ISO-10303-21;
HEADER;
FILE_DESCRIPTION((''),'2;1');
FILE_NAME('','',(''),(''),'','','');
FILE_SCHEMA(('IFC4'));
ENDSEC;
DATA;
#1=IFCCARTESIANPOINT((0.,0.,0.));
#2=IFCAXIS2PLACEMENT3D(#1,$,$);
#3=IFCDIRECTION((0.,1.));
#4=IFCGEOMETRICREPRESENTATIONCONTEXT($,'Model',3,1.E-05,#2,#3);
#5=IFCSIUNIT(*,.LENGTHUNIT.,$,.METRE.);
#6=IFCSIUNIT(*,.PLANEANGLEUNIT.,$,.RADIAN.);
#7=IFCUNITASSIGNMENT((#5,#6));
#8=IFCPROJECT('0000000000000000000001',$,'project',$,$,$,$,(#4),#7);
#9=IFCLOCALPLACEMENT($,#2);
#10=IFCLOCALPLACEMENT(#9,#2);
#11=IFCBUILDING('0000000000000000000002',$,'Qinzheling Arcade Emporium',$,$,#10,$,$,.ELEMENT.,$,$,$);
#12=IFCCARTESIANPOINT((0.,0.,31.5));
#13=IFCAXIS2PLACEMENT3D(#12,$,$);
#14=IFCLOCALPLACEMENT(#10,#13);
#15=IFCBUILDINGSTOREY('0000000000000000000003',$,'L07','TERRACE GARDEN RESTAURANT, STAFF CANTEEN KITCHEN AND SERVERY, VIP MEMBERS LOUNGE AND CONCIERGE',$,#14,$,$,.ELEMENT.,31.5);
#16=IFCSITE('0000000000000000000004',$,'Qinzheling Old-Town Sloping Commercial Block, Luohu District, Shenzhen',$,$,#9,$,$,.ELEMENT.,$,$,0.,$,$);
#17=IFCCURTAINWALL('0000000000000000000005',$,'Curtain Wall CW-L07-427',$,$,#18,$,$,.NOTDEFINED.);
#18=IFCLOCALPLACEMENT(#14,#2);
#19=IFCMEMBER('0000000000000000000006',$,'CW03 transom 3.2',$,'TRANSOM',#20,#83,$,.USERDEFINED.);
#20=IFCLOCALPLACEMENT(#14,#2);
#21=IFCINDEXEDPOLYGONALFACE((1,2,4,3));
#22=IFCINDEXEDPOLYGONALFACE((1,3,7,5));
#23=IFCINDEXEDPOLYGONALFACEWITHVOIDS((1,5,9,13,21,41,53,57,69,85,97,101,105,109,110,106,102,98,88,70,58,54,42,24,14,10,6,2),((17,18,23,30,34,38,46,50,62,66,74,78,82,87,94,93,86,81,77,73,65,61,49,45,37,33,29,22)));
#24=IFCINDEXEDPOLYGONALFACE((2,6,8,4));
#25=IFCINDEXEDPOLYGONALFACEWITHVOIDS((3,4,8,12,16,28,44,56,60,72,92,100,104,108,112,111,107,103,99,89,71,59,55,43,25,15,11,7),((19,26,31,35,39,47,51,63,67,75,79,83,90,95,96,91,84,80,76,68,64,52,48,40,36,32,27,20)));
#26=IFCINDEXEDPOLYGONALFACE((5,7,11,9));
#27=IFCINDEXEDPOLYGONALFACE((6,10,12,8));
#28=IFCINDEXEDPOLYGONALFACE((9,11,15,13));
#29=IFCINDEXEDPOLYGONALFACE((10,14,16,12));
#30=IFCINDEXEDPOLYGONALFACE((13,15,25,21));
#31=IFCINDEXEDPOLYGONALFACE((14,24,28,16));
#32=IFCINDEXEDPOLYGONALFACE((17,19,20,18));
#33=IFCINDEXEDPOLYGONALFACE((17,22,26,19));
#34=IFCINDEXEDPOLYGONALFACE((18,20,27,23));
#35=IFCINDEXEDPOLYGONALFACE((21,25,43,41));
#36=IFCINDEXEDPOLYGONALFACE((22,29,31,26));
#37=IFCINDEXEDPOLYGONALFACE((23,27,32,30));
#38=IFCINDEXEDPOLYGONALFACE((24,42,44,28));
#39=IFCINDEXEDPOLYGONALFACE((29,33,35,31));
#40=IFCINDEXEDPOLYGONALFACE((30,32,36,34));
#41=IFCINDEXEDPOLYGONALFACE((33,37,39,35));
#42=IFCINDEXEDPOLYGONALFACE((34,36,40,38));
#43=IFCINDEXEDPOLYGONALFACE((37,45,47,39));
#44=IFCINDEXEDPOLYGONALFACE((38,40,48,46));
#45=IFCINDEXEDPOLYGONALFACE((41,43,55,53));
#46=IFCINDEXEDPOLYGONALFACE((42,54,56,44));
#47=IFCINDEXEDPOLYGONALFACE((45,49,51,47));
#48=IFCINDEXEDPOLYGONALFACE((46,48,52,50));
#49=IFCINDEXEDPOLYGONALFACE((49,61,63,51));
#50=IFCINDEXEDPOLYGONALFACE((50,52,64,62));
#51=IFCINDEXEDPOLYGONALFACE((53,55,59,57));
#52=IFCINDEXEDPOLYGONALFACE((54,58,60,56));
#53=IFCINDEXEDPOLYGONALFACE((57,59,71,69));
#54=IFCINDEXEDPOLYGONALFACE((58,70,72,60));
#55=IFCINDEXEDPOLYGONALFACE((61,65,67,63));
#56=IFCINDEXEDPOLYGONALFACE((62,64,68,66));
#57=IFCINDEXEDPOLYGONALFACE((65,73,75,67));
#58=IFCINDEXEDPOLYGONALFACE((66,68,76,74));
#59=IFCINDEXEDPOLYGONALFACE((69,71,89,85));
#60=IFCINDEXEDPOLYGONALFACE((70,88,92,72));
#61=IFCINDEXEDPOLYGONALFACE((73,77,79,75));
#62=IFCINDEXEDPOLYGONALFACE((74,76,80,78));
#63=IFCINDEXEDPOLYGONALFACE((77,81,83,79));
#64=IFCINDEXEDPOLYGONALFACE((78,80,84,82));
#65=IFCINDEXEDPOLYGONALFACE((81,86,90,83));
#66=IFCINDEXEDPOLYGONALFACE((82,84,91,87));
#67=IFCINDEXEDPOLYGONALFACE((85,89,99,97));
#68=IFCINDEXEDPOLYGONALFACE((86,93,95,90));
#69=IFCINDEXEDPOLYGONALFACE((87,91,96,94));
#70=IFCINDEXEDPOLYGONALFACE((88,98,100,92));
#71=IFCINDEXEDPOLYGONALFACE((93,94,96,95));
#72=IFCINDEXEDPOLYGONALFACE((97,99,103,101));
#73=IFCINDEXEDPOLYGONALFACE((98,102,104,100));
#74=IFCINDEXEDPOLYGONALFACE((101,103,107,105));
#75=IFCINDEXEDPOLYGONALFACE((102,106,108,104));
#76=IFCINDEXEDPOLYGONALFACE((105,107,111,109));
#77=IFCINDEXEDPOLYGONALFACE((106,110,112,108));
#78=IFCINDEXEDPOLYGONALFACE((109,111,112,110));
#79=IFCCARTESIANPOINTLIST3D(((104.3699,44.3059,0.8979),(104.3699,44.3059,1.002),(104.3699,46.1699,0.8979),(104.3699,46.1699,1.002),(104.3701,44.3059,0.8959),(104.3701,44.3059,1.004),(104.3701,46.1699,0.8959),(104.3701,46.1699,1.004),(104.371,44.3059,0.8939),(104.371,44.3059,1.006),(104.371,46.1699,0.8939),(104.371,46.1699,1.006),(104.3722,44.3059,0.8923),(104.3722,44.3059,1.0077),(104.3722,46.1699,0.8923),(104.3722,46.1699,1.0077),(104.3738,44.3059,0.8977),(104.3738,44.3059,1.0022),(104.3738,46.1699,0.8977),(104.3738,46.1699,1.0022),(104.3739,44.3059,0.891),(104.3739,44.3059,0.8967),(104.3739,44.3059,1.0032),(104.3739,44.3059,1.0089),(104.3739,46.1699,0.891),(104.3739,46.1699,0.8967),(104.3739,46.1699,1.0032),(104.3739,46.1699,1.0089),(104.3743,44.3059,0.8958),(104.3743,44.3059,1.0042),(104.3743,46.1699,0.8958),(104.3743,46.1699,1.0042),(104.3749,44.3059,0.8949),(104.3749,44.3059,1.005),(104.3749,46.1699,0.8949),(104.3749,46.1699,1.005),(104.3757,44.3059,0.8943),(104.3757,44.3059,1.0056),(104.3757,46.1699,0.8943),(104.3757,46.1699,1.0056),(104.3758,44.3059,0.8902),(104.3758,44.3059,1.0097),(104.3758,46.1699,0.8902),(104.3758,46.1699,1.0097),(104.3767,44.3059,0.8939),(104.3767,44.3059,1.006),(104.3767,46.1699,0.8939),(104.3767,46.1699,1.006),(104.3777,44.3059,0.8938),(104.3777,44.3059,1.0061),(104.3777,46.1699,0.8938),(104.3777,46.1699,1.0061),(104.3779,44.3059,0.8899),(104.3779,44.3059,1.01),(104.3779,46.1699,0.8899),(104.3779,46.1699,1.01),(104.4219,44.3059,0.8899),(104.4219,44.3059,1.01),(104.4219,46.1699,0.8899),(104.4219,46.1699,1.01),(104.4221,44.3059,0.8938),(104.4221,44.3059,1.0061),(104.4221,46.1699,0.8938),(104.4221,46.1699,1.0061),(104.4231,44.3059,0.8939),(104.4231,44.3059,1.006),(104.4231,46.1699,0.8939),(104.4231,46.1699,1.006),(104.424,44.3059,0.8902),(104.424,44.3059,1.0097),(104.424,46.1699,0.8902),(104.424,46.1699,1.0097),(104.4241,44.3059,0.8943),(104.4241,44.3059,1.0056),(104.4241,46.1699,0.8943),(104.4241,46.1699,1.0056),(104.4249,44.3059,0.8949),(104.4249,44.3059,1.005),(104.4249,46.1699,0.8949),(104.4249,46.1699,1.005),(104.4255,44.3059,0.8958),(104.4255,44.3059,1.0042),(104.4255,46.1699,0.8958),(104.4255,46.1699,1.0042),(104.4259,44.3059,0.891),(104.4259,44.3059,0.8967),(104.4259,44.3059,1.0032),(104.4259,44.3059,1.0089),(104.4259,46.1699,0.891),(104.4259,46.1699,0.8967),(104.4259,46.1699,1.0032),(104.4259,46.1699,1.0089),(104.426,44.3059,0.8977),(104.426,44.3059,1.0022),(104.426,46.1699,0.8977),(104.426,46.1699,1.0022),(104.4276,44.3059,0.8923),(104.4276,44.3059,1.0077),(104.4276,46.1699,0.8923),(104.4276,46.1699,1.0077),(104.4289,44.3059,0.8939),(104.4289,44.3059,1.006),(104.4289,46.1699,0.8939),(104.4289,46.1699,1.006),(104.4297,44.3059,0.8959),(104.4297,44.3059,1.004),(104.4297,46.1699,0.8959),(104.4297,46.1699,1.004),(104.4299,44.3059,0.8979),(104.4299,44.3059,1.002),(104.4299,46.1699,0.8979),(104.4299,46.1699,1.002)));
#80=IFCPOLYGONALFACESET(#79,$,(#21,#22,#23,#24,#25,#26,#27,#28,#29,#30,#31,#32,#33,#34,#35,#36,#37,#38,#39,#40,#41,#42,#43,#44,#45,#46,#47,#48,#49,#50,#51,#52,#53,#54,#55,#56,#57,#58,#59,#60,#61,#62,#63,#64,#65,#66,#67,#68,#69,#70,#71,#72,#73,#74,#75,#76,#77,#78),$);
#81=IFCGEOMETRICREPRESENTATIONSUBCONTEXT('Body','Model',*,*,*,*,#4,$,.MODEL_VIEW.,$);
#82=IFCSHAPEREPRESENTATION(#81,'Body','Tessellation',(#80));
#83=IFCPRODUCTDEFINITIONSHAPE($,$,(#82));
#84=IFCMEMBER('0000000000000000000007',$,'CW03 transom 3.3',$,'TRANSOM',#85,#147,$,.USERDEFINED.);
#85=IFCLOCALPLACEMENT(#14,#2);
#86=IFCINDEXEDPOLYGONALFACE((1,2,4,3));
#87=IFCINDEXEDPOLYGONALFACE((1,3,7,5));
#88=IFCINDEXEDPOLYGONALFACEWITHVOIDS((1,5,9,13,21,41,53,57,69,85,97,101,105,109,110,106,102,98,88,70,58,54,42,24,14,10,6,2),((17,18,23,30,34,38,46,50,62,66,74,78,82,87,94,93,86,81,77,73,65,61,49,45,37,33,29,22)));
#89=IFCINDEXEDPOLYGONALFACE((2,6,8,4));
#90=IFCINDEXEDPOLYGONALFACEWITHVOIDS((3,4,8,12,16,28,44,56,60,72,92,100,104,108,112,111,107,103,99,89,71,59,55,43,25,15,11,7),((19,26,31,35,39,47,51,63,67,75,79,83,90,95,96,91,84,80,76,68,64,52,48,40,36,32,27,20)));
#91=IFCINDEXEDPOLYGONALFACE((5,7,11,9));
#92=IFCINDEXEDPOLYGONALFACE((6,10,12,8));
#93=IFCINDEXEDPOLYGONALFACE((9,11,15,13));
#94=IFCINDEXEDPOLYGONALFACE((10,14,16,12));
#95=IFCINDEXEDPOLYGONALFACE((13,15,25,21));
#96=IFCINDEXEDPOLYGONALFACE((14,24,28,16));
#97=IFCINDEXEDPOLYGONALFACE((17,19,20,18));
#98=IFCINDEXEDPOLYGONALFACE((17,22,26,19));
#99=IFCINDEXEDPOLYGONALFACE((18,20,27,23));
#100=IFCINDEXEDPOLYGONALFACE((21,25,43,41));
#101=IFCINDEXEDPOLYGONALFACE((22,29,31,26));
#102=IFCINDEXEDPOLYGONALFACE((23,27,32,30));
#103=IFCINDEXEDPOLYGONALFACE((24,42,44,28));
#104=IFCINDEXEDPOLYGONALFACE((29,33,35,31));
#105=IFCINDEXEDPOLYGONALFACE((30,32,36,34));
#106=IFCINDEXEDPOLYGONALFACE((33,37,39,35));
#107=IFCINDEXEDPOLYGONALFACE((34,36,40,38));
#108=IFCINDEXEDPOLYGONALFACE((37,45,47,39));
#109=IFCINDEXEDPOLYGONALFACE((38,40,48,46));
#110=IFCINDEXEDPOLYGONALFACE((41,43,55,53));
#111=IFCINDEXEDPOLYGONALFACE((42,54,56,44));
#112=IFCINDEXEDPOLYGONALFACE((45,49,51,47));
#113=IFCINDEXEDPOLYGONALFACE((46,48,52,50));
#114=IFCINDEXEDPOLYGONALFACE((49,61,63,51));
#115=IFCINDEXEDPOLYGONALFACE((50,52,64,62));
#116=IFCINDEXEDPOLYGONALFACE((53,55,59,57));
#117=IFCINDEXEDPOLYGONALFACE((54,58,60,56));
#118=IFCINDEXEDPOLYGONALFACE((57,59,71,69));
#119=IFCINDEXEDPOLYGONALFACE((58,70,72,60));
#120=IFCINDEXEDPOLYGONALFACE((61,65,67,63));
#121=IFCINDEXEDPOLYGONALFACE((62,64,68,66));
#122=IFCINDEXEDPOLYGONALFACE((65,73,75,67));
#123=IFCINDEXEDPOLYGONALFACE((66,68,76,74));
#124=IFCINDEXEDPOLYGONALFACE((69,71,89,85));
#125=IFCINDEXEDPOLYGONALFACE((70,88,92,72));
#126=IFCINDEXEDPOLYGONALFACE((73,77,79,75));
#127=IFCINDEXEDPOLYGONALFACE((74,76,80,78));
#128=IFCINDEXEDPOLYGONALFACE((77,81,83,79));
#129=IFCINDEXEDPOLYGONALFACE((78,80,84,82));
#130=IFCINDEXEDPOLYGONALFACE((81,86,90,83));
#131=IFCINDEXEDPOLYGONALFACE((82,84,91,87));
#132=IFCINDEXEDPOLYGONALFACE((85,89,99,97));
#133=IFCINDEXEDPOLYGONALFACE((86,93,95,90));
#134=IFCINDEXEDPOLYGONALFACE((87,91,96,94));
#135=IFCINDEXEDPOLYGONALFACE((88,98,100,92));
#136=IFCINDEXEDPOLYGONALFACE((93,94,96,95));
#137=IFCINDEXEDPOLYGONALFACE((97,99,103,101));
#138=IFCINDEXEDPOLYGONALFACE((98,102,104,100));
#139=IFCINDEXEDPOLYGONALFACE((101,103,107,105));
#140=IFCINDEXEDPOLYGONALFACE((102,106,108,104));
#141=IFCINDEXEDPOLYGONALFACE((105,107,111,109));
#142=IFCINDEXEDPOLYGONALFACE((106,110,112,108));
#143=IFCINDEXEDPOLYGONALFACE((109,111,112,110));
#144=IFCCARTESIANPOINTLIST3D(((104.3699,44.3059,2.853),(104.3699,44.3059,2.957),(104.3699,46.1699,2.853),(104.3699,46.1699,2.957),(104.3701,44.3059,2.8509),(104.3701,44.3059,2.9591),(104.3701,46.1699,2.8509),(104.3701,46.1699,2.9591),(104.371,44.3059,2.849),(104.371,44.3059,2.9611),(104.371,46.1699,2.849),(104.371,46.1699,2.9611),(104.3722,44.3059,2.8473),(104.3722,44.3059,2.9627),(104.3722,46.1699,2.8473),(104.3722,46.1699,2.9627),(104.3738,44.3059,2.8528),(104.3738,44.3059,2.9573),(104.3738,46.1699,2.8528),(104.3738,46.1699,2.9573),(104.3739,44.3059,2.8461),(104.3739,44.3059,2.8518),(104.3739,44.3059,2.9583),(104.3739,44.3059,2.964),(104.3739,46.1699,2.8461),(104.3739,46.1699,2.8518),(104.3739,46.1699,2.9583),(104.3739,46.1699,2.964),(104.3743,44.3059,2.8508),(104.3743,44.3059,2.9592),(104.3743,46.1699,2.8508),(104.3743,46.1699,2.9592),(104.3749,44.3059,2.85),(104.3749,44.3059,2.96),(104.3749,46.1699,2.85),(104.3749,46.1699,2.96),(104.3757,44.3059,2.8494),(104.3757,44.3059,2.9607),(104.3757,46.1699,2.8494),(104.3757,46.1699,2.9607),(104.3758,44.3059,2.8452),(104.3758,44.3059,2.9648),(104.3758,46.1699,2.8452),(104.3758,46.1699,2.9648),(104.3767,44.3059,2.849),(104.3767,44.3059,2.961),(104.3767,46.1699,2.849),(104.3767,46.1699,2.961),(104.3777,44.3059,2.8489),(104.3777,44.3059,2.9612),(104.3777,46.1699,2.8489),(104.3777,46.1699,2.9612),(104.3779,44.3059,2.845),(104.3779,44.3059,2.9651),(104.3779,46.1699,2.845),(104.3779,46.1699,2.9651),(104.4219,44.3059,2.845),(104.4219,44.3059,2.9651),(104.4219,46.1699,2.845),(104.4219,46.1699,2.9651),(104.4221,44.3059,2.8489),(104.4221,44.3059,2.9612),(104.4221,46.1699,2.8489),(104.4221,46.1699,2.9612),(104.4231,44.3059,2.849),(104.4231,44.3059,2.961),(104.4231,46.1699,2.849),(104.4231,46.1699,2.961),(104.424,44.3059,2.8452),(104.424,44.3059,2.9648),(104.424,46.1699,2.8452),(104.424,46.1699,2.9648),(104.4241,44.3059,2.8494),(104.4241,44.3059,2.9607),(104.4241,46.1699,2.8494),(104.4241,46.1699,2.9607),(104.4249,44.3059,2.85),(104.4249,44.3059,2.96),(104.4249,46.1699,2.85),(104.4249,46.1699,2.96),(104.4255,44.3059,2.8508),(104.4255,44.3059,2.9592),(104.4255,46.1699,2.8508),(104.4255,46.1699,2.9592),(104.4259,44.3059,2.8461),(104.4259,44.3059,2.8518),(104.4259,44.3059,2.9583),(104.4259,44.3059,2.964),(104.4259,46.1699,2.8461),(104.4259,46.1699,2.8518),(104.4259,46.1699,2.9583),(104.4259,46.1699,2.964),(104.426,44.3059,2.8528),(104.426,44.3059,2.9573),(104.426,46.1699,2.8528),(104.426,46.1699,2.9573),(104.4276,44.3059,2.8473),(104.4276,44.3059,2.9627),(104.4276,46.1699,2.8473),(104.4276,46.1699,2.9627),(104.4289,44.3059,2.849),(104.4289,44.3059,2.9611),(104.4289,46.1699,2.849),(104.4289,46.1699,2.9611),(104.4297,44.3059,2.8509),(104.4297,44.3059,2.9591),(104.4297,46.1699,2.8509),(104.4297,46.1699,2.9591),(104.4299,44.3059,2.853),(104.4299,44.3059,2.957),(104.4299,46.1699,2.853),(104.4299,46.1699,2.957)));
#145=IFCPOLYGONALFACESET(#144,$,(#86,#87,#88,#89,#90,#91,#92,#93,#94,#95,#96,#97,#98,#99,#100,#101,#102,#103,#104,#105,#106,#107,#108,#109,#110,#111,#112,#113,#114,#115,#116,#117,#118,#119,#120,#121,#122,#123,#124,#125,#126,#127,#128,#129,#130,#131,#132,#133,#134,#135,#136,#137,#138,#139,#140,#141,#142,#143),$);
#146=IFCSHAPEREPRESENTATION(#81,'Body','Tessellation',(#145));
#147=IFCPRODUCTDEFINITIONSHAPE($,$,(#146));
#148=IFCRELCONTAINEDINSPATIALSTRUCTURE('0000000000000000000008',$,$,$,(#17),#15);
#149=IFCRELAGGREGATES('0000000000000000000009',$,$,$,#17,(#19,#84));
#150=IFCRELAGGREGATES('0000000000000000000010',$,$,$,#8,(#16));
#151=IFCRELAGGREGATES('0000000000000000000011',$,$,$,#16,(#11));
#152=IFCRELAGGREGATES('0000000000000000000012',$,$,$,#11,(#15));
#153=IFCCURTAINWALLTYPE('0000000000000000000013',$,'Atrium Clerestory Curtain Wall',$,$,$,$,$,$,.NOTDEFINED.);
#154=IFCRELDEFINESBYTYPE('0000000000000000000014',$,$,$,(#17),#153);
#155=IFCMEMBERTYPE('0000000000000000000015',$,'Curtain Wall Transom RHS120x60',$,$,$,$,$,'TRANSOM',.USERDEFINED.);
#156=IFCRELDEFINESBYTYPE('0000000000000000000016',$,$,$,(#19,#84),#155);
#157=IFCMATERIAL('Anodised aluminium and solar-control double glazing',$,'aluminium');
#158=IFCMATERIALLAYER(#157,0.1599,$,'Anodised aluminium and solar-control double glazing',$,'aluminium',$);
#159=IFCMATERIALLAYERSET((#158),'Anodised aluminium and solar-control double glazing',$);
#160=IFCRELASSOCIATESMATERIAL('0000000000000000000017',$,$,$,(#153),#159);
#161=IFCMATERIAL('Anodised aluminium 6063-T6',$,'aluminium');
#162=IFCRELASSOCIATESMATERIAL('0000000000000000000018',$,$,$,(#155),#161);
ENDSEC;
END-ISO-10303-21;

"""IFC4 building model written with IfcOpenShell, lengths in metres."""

from ifc_helpers import new_model, si_unit, direction, frame, origin, origin_2d, place, context, subcontext, project, spatial, hollow_rectangle, extrude, material, layer, layer_set, material_profile, profile_set, type_object, element, aggregate, save


model = new_model("IFC4")

# Units and contexts
model_context = context("Model", 3, precision=1e-05, world=origin(), true_north=direction((0.0, 1.0)))
body_context = subcontext(model_context, "Body", "Model", "MODEL_VIEW")
ifc_project = project(units=[si_unit("LENGTHUNIT", "METRE"), si_unit("PLANEANGLEUNIT", "RADIAN")], contexts=[model_context])

# Site, building, storey
site_placement = place(None, origin())
site = spatial("IfcSite", under=ifc_project, at=site_placement, Name="Qinzheling Old-Town Sloping Commercial Block, Luohu District, Shenzhen", CompositionType="ELEMENT", RefElevation=0.0)
building_placement = place(site_placement, origin())
building = spatial("IfcBuilding", under=site, at=building_placement, Name="Qinzheling Arcade Emporium", CompositionType="ELEMENT")
storey_placement = place(building_placement, frame((0.0, 0.0, 31.5)))
storey = spatial("IfcBuildingStorey", under=building, at=storey_placement, Name="L07", Description="TERRACE GARDEN RESTAURANT, STAFF CANTEEN KITCHEN AND SERVERY, VIP MEMBERS LOUNGE AND CONCIERGE", CompositionType="ELEMENT", Elevation=31.5)

# Curtain wall, members
ifc_material_1 = material(Name="Anodised aluminium and solar-control double glazing", Category="aluminium")
ifc_layer_1 = layer(ifc_material_1, 0.1599, Name="Anodised aluminium and solar-control double glazing", Category="aluminium")
ifc_layer_set_1 = layer_set([ifc_layer_1], Name="Anodised aluminium and solar-control double glazing")
curtain_wall_type = type_object("IfcCurtainWallType", Name="Atrium Clerestory Curtain Wall", PredefinedType="NOTDEFINED", material=ifc_layer_set_1)
curtain_wall_placement = place(storey_placement, origin())
curtain_wall = element("IfcCurtainWall", 1, at=curtain_wall_placement, inside=storey, type_object=curtain_wall_type, Name="Curtain Wall CW-L07-427", PredefinedType="NOTDEFINED")
ifc_material_2 = material(Name="Anodised aluminium 6063-T6", Category="aluminium")
ifc_material_profile_1 = material_profile(ifc_material_2, hollow_rectangle(XDim=0.0601, YDim=0.1201, WallThickness=0.0039, InnerFilletRadius=0.0039, OuterFilletRadius=0.0081, at=origin_2d()), Name="RHS 120x60x4", Category="aluminium")
ifc_profile_set_1 = profile_set([ifc_material_profile_1], Name="Anodised aluminium 6063-T6")
member_type_1 = type_object("IfcMemberType", Name="Curtain Wall Transom RHS120x60", ElementType="TRANSOM", PredefinedType="USERDEFINED", material=ifc_profile_set_1)
member_1_placement = place(storey_placement, frame((104.3999, 46.1699, 0.95), z_axis=(0.0, -1.0, 0.0), x_axis=(1.0, 0.0, 0.0)))
member_1 = element("IfcMember", 2, at=member_1_placement, type_object=member_type_1, Name="CW03 transom 3.2", ObjectType="TRANSOM", PredefinedType="USERDEFINED", context=body_context, shape_type="SweptSolid", body=[
    extrude(hollow_rectangle(XDim=0.0601, YDim=0.1201, WallThickness=0.0039, InnerFilletRadius=0.0039, OuterFilletRadius=0.0081, at=origin_2d()), origin(), (0.0, 0.0, 1.0), 1.864),
])
member_2_placement = place(storey_placement, frame((104.3999, 46.1699, 2.905), z_axis=(0.0, -1.0, 0.0), x_axis=(1.0, 0.0, 0.0)))
member_2 = element("IfcMember", 3, at=member_2_placement, type_object=member_type_1, Name="CW03 transom 3.3", ObjectType="TRANSOM", PredefinedType="USERDEFINED", context=body_context, shape_type="SweptSolid", body=[
    extrude(hollow_rectangle(XDim=0.0601, YDim=0.1201, WallThickness=0.0039, InnerFilletRadius=0.0039, OuterFilletRadius=0.0081, at=origin_2d()), origin(), (0.0, 0.0, 1.0), 1.864),
])

aggregate(curtain_wall, [member_1, member_2])

save(model, "model.ifc")
